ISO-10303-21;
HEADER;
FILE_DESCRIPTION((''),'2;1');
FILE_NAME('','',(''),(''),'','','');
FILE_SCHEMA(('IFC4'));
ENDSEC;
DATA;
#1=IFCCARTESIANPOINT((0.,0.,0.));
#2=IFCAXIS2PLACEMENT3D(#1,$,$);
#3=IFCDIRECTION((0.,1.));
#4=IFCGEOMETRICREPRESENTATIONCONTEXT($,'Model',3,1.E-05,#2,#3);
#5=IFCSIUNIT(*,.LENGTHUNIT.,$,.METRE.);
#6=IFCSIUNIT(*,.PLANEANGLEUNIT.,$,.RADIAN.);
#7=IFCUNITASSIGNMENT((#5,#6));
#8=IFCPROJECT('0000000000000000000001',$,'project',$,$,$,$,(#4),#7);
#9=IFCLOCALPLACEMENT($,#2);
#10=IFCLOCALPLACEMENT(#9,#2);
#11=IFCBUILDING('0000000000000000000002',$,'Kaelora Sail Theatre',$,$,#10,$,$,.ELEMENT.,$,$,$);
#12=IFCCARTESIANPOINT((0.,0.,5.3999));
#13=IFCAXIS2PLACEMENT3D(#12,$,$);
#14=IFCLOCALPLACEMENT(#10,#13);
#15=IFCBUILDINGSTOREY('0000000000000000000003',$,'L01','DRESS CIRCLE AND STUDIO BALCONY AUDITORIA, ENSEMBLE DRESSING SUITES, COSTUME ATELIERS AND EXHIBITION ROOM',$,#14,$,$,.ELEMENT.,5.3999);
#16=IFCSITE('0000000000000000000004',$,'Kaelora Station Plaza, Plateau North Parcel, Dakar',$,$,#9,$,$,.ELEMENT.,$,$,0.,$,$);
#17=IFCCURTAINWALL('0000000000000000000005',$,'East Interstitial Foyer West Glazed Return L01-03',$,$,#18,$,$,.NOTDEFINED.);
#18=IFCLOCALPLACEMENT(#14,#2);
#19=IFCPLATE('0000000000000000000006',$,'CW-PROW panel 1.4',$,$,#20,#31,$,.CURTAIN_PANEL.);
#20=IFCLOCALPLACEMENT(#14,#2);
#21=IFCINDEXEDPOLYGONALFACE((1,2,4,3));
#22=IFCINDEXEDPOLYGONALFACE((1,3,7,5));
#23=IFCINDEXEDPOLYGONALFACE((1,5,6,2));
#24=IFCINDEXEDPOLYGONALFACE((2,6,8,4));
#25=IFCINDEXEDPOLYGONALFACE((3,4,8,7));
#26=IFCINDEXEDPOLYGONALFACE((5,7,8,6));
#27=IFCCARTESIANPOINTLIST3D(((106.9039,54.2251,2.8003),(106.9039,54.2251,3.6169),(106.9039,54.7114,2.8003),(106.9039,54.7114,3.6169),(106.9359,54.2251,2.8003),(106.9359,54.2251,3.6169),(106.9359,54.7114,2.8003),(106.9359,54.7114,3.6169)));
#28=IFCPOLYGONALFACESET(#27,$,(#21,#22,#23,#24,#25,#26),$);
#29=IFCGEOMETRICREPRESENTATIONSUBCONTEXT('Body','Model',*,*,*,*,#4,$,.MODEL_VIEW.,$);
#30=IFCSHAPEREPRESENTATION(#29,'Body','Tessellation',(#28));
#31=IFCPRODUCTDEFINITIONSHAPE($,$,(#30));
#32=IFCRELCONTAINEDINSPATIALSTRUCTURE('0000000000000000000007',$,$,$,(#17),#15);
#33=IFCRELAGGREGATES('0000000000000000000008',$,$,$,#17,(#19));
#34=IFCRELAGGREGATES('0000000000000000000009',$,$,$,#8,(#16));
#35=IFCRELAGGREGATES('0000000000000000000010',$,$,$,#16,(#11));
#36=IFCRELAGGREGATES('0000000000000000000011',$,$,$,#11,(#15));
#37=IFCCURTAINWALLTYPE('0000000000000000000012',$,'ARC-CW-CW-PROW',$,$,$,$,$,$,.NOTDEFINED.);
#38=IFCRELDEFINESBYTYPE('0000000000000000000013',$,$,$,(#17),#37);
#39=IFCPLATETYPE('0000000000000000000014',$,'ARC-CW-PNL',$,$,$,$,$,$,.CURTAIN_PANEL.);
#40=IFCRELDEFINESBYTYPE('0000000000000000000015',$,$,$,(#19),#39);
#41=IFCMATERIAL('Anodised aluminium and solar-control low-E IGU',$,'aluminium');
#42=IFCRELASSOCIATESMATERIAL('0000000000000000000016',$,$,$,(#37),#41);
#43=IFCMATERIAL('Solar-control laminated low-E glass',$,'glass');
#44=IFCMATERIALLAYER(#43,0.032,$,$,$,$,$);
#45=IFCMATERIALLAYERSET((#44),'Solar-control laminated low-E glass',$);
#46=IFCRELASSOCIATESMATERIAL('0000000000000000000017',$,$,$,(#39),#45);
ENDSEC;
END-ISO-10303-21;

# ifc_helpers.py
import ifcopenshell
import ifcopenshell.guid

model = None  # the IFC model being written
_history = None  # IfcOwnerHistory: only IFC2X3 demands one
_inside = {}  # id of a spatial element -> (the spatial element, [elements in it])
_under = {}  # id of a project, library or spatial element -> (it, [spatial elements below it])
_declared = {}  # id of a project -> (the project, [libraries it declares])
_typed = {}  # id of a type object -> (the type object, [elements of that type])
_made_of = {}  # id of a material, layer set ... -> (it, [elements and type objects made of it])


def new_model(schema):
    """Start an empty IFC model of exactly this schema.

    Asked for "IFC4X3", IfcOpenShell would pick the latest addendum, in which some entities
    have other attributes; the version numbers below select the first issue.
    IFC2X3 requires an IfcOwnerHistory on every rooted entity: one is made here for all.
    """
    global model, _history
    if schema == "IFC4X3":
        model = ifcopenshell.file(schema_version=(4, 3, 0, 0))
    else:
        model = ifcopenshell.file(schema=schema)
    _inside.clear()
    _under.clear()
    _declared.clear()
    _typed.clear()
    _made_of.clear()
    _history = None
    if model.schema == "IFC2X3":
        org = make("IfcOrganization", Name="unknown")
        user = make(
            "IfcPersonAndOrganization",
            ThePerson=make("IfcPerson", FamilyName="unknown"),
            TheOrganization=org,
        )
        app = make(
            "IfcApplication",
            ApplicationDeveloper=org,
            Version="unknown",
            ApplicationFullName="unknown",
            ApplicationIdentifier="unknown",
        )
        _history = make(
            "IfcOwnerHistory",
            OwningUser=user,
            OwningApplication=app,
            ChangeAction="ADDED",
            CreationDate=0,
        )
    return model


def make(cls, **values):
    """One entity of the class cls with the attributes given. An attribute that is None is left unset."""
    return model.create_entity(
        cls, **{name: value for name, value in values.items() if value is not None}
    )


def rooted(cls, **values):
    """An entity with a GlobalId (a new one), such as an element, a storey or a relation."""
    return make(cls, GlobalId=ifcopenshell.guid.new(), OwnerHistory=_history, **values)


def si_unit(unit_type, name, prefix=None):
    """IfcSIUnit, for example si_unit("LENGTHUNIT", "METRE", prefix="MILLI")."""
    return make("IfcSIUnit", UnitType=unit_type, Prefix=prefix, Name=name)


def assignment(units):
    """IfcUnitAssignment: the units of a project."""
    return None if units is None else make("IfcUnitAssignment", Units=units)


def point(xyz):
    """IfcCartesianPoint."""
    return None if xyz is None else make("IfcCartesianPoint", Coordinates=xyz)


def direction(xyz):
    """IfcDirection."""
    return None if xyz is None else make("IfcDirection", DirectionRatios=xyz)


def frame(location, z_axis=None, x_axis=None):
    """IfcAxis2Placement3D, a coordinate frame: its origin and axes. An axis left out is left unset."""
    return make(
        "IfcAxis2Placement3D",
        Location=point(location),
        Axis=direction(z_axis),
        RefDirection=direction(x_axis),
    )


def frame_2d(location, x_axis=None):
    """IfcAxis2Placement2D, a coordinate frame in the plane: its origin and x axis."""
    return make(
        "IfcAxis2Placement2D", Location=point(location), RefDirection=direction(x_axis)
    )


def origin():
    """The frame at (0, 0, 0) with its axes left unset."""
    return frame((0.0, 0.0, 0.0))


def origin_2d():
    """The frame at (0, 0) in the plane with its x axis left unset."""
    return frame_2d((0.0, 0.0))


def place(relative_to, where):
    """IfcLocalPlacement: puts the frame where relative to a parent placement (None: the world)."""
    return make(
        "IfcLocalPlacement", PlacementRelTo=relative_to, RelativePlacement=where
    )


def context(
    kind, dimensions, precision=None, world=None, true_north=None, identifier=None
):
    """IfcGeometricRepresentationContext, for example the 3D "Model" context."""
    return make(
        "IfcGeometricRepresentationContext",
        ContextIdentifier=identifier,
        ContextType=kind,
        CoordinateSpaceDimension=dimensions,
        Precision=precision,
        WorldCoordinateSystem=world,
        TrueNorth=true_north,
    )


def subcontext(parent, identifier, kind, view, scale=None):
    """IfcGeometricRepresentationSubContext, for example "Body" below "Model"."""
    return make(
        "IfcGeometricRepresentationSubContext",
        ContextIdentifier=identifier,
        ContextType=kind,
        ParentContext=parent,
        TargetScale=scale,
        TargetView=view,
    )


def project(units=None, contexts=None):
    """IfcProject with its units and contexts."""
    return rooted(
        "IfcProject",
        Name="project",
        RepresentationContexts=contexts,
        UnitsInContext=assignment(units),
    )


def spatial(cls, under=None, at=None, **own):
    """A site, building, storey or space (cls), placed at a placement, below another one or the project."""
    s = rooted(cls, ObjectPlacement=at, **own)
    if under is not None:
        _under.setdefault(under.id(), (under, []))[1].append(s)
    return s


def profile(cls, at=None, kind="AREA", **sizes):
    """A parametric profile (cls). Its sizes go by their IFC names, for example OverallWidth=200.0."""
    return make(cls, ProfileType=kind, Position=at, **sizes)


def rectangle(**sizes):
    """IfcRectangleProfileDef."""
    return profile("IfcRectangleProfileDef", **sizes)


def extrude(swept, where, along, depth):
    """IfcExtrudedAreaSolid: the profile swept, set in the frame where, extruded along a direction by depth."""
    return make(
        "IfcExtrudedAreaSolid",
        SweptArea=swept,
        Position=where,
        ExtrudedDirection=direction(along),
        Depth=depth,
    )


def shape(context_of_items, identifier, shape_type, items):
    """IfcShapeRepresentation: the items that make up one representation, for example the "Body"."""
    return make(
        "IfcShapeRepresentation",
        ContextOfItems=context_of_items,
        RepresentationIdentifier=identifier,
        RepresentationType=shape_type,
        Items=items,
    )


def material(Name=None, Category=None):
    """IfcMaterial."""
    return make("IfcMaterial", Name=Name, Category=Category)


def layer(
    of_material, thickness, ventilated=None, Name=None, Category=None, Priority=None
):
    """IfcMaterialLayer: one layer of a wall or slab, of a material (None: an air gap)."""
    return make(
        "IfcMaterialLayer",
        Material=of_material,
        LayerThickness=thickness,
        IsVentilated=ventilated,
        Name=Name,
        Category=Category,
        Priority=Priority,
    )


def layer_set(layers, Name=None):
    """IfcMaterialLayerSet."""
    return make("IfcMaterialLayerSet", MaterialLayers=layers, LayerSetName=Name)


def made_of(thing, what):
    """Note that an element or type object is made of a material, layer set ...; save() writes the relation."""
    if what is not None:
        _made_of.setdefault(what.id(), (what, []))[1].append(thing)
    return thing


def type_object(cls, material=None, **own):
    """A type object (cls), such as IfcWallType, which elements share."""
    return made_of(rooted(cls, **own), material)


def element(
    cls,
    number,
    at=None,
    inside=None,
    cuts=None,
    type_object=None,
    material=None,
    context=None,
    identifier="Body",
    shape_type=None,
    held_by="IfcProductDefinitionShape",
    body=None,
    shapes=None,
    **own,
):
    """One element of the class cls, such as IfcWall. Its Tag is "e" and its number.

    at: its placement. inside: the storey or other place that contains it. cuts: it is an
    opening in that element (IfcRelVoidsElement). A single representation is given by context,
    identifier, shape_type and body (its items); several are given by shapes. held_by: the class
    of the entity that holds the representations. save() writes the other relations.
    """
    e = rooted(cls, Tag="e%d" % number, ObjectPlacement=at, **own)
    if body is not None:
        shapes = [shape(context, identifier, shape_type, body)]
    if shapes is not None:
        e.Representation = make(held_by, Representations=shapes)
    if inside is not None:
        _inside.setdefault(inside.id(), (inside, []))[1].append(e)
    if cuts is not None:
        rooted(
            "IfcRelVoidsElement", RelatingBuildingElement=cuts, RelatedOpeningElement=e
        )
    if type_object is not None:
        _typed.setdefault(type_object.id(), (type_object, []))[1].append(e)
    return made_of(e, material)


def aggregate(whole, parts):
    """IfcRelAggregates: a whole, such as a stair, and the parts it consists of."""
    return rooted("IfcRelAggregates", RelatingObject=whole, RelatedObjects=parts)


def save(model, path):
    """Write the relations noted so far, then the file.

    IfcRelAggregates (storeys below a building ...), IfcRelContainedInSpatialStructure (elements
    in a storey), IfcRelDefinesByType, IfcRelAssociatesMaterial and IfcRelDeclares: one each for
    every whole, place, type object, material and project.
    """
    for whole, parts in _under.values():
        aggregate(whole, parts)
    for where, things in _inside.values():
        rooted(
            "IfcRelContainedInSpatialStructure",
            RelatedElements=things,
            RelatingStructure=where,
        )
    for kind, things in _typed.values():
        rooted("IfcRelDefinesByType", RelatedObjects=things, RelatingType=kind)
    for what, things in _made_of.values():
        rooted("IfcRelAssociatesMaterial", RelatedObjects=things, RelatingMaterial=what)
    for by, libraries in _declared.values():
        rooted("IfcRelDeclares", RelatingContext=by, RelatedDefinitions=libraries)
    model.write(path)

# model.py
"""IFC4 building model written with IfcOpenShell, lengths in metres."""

from ifc_helpers import new_model, si_unit, direction, frame, origin, origin_2d, place, context, subcontext, project, spatial, rectangle, extrude, material, layer, layer_set, type_object, element, aggregate, save


model = new_model("IFC4")

# Units and contexts
model_context = context("Model", 3, precision=1e-05, world=origin(), true_north=direction((0.0, 1.0)))
body_context = subcontext(model_context, "Body", "Model", "MODEL_VIEW")
ifc_project = project(units=[si_unit("LENGTHUNIT", "METRE"), si_unit("PLANEANGLEUNIT", "RADIAN")], contexts=[model_context])

# Site, building, storey
site_placement = place(None, origin())
site = spatial("IfcSite", under=ifc_project, at=site_placement, Name="Kaelora Station Plaza, Plateau North Parcel, Dakar", CompositionType="ELEMENT", RefElevation=0.0)
building_placement = place(site_placement, origin())
building = spatial("IfcBuilding", under=site, at=building_placement, Name="Kaelora Sail Theatre", CompositionType="ELEMENT")
storey_placement = place(building_placement, frame((0.0, 0.0, 5.3999)))
storey = spatial("IfcBuildingStorey", under=building, at=storey_placement, Name="L01", Description="DRESS CIRCLE AND STUDIO BALCONY AUDITORIA, ENSEMBLE DRESSING SUITES, COSTUME ATELIERS AND EXHIBITION ROOM", CompositionType="ELEMENT", Elevation=5.3999)

# Curtain wall
ifc_material_1 = material(Name="Anodised aluminium and solar-control low-E IGU", Category="aluminium")
curtain_wall_type = type_object("IfcCurtainWallType", Name="ARC-CW-CW-PROW", PredefinedType="NOTDEFINED", material=ifc_material_1)
curtain_wall_placement = place(storey_placement, origin())
curtain_wall = element("IfcCurtainWall", 1, at=curtain_wall_placement, inside=storey, type_object=curtain_wall_type, Name="East Interstitial Foyer West Glazed Return L01-03", PredefinedType="NOTDEFINED")

# Plate
ifc_material_2 = material(Name="Solar-control laminated low-E glass", Category="glass")
ifc_layer = layer(ifc_material_2, 0.032)
ifc_layer_set = layer_set([ifc_layer], Name="Solar-control laminated low-E glass")
plate_type = type_object("IfcPlateType", Name="ARC-CW-PNL", PredefinedType="CURTAIN_PANEL", material=ifc_layer_set)
plate_1_placement = place(storey_placement, frame((106.9199, 54.4683, 2.8003), z_axis=(0.0, 0.0, 1.0), x_axis=(0.0, 1.0, 0.0)))
plate_1 = element("IfcPlate", 2, at=plate_1_placement, type_object=plate_type, Name="CW-PROW panel 1.4", PredefinedType="CURTAIN_PANEL", context=body_context, shape_type="SweptSolid", body=[
    extrude(rectangle(XDim=0.4863, YDim=0.032, at=origin_2d()), origin(), (0.0, 0.0, 1.0), 0.8167),
])
aggregate(curtain_wall, [plate_1])

save(model, "model.ifc")
